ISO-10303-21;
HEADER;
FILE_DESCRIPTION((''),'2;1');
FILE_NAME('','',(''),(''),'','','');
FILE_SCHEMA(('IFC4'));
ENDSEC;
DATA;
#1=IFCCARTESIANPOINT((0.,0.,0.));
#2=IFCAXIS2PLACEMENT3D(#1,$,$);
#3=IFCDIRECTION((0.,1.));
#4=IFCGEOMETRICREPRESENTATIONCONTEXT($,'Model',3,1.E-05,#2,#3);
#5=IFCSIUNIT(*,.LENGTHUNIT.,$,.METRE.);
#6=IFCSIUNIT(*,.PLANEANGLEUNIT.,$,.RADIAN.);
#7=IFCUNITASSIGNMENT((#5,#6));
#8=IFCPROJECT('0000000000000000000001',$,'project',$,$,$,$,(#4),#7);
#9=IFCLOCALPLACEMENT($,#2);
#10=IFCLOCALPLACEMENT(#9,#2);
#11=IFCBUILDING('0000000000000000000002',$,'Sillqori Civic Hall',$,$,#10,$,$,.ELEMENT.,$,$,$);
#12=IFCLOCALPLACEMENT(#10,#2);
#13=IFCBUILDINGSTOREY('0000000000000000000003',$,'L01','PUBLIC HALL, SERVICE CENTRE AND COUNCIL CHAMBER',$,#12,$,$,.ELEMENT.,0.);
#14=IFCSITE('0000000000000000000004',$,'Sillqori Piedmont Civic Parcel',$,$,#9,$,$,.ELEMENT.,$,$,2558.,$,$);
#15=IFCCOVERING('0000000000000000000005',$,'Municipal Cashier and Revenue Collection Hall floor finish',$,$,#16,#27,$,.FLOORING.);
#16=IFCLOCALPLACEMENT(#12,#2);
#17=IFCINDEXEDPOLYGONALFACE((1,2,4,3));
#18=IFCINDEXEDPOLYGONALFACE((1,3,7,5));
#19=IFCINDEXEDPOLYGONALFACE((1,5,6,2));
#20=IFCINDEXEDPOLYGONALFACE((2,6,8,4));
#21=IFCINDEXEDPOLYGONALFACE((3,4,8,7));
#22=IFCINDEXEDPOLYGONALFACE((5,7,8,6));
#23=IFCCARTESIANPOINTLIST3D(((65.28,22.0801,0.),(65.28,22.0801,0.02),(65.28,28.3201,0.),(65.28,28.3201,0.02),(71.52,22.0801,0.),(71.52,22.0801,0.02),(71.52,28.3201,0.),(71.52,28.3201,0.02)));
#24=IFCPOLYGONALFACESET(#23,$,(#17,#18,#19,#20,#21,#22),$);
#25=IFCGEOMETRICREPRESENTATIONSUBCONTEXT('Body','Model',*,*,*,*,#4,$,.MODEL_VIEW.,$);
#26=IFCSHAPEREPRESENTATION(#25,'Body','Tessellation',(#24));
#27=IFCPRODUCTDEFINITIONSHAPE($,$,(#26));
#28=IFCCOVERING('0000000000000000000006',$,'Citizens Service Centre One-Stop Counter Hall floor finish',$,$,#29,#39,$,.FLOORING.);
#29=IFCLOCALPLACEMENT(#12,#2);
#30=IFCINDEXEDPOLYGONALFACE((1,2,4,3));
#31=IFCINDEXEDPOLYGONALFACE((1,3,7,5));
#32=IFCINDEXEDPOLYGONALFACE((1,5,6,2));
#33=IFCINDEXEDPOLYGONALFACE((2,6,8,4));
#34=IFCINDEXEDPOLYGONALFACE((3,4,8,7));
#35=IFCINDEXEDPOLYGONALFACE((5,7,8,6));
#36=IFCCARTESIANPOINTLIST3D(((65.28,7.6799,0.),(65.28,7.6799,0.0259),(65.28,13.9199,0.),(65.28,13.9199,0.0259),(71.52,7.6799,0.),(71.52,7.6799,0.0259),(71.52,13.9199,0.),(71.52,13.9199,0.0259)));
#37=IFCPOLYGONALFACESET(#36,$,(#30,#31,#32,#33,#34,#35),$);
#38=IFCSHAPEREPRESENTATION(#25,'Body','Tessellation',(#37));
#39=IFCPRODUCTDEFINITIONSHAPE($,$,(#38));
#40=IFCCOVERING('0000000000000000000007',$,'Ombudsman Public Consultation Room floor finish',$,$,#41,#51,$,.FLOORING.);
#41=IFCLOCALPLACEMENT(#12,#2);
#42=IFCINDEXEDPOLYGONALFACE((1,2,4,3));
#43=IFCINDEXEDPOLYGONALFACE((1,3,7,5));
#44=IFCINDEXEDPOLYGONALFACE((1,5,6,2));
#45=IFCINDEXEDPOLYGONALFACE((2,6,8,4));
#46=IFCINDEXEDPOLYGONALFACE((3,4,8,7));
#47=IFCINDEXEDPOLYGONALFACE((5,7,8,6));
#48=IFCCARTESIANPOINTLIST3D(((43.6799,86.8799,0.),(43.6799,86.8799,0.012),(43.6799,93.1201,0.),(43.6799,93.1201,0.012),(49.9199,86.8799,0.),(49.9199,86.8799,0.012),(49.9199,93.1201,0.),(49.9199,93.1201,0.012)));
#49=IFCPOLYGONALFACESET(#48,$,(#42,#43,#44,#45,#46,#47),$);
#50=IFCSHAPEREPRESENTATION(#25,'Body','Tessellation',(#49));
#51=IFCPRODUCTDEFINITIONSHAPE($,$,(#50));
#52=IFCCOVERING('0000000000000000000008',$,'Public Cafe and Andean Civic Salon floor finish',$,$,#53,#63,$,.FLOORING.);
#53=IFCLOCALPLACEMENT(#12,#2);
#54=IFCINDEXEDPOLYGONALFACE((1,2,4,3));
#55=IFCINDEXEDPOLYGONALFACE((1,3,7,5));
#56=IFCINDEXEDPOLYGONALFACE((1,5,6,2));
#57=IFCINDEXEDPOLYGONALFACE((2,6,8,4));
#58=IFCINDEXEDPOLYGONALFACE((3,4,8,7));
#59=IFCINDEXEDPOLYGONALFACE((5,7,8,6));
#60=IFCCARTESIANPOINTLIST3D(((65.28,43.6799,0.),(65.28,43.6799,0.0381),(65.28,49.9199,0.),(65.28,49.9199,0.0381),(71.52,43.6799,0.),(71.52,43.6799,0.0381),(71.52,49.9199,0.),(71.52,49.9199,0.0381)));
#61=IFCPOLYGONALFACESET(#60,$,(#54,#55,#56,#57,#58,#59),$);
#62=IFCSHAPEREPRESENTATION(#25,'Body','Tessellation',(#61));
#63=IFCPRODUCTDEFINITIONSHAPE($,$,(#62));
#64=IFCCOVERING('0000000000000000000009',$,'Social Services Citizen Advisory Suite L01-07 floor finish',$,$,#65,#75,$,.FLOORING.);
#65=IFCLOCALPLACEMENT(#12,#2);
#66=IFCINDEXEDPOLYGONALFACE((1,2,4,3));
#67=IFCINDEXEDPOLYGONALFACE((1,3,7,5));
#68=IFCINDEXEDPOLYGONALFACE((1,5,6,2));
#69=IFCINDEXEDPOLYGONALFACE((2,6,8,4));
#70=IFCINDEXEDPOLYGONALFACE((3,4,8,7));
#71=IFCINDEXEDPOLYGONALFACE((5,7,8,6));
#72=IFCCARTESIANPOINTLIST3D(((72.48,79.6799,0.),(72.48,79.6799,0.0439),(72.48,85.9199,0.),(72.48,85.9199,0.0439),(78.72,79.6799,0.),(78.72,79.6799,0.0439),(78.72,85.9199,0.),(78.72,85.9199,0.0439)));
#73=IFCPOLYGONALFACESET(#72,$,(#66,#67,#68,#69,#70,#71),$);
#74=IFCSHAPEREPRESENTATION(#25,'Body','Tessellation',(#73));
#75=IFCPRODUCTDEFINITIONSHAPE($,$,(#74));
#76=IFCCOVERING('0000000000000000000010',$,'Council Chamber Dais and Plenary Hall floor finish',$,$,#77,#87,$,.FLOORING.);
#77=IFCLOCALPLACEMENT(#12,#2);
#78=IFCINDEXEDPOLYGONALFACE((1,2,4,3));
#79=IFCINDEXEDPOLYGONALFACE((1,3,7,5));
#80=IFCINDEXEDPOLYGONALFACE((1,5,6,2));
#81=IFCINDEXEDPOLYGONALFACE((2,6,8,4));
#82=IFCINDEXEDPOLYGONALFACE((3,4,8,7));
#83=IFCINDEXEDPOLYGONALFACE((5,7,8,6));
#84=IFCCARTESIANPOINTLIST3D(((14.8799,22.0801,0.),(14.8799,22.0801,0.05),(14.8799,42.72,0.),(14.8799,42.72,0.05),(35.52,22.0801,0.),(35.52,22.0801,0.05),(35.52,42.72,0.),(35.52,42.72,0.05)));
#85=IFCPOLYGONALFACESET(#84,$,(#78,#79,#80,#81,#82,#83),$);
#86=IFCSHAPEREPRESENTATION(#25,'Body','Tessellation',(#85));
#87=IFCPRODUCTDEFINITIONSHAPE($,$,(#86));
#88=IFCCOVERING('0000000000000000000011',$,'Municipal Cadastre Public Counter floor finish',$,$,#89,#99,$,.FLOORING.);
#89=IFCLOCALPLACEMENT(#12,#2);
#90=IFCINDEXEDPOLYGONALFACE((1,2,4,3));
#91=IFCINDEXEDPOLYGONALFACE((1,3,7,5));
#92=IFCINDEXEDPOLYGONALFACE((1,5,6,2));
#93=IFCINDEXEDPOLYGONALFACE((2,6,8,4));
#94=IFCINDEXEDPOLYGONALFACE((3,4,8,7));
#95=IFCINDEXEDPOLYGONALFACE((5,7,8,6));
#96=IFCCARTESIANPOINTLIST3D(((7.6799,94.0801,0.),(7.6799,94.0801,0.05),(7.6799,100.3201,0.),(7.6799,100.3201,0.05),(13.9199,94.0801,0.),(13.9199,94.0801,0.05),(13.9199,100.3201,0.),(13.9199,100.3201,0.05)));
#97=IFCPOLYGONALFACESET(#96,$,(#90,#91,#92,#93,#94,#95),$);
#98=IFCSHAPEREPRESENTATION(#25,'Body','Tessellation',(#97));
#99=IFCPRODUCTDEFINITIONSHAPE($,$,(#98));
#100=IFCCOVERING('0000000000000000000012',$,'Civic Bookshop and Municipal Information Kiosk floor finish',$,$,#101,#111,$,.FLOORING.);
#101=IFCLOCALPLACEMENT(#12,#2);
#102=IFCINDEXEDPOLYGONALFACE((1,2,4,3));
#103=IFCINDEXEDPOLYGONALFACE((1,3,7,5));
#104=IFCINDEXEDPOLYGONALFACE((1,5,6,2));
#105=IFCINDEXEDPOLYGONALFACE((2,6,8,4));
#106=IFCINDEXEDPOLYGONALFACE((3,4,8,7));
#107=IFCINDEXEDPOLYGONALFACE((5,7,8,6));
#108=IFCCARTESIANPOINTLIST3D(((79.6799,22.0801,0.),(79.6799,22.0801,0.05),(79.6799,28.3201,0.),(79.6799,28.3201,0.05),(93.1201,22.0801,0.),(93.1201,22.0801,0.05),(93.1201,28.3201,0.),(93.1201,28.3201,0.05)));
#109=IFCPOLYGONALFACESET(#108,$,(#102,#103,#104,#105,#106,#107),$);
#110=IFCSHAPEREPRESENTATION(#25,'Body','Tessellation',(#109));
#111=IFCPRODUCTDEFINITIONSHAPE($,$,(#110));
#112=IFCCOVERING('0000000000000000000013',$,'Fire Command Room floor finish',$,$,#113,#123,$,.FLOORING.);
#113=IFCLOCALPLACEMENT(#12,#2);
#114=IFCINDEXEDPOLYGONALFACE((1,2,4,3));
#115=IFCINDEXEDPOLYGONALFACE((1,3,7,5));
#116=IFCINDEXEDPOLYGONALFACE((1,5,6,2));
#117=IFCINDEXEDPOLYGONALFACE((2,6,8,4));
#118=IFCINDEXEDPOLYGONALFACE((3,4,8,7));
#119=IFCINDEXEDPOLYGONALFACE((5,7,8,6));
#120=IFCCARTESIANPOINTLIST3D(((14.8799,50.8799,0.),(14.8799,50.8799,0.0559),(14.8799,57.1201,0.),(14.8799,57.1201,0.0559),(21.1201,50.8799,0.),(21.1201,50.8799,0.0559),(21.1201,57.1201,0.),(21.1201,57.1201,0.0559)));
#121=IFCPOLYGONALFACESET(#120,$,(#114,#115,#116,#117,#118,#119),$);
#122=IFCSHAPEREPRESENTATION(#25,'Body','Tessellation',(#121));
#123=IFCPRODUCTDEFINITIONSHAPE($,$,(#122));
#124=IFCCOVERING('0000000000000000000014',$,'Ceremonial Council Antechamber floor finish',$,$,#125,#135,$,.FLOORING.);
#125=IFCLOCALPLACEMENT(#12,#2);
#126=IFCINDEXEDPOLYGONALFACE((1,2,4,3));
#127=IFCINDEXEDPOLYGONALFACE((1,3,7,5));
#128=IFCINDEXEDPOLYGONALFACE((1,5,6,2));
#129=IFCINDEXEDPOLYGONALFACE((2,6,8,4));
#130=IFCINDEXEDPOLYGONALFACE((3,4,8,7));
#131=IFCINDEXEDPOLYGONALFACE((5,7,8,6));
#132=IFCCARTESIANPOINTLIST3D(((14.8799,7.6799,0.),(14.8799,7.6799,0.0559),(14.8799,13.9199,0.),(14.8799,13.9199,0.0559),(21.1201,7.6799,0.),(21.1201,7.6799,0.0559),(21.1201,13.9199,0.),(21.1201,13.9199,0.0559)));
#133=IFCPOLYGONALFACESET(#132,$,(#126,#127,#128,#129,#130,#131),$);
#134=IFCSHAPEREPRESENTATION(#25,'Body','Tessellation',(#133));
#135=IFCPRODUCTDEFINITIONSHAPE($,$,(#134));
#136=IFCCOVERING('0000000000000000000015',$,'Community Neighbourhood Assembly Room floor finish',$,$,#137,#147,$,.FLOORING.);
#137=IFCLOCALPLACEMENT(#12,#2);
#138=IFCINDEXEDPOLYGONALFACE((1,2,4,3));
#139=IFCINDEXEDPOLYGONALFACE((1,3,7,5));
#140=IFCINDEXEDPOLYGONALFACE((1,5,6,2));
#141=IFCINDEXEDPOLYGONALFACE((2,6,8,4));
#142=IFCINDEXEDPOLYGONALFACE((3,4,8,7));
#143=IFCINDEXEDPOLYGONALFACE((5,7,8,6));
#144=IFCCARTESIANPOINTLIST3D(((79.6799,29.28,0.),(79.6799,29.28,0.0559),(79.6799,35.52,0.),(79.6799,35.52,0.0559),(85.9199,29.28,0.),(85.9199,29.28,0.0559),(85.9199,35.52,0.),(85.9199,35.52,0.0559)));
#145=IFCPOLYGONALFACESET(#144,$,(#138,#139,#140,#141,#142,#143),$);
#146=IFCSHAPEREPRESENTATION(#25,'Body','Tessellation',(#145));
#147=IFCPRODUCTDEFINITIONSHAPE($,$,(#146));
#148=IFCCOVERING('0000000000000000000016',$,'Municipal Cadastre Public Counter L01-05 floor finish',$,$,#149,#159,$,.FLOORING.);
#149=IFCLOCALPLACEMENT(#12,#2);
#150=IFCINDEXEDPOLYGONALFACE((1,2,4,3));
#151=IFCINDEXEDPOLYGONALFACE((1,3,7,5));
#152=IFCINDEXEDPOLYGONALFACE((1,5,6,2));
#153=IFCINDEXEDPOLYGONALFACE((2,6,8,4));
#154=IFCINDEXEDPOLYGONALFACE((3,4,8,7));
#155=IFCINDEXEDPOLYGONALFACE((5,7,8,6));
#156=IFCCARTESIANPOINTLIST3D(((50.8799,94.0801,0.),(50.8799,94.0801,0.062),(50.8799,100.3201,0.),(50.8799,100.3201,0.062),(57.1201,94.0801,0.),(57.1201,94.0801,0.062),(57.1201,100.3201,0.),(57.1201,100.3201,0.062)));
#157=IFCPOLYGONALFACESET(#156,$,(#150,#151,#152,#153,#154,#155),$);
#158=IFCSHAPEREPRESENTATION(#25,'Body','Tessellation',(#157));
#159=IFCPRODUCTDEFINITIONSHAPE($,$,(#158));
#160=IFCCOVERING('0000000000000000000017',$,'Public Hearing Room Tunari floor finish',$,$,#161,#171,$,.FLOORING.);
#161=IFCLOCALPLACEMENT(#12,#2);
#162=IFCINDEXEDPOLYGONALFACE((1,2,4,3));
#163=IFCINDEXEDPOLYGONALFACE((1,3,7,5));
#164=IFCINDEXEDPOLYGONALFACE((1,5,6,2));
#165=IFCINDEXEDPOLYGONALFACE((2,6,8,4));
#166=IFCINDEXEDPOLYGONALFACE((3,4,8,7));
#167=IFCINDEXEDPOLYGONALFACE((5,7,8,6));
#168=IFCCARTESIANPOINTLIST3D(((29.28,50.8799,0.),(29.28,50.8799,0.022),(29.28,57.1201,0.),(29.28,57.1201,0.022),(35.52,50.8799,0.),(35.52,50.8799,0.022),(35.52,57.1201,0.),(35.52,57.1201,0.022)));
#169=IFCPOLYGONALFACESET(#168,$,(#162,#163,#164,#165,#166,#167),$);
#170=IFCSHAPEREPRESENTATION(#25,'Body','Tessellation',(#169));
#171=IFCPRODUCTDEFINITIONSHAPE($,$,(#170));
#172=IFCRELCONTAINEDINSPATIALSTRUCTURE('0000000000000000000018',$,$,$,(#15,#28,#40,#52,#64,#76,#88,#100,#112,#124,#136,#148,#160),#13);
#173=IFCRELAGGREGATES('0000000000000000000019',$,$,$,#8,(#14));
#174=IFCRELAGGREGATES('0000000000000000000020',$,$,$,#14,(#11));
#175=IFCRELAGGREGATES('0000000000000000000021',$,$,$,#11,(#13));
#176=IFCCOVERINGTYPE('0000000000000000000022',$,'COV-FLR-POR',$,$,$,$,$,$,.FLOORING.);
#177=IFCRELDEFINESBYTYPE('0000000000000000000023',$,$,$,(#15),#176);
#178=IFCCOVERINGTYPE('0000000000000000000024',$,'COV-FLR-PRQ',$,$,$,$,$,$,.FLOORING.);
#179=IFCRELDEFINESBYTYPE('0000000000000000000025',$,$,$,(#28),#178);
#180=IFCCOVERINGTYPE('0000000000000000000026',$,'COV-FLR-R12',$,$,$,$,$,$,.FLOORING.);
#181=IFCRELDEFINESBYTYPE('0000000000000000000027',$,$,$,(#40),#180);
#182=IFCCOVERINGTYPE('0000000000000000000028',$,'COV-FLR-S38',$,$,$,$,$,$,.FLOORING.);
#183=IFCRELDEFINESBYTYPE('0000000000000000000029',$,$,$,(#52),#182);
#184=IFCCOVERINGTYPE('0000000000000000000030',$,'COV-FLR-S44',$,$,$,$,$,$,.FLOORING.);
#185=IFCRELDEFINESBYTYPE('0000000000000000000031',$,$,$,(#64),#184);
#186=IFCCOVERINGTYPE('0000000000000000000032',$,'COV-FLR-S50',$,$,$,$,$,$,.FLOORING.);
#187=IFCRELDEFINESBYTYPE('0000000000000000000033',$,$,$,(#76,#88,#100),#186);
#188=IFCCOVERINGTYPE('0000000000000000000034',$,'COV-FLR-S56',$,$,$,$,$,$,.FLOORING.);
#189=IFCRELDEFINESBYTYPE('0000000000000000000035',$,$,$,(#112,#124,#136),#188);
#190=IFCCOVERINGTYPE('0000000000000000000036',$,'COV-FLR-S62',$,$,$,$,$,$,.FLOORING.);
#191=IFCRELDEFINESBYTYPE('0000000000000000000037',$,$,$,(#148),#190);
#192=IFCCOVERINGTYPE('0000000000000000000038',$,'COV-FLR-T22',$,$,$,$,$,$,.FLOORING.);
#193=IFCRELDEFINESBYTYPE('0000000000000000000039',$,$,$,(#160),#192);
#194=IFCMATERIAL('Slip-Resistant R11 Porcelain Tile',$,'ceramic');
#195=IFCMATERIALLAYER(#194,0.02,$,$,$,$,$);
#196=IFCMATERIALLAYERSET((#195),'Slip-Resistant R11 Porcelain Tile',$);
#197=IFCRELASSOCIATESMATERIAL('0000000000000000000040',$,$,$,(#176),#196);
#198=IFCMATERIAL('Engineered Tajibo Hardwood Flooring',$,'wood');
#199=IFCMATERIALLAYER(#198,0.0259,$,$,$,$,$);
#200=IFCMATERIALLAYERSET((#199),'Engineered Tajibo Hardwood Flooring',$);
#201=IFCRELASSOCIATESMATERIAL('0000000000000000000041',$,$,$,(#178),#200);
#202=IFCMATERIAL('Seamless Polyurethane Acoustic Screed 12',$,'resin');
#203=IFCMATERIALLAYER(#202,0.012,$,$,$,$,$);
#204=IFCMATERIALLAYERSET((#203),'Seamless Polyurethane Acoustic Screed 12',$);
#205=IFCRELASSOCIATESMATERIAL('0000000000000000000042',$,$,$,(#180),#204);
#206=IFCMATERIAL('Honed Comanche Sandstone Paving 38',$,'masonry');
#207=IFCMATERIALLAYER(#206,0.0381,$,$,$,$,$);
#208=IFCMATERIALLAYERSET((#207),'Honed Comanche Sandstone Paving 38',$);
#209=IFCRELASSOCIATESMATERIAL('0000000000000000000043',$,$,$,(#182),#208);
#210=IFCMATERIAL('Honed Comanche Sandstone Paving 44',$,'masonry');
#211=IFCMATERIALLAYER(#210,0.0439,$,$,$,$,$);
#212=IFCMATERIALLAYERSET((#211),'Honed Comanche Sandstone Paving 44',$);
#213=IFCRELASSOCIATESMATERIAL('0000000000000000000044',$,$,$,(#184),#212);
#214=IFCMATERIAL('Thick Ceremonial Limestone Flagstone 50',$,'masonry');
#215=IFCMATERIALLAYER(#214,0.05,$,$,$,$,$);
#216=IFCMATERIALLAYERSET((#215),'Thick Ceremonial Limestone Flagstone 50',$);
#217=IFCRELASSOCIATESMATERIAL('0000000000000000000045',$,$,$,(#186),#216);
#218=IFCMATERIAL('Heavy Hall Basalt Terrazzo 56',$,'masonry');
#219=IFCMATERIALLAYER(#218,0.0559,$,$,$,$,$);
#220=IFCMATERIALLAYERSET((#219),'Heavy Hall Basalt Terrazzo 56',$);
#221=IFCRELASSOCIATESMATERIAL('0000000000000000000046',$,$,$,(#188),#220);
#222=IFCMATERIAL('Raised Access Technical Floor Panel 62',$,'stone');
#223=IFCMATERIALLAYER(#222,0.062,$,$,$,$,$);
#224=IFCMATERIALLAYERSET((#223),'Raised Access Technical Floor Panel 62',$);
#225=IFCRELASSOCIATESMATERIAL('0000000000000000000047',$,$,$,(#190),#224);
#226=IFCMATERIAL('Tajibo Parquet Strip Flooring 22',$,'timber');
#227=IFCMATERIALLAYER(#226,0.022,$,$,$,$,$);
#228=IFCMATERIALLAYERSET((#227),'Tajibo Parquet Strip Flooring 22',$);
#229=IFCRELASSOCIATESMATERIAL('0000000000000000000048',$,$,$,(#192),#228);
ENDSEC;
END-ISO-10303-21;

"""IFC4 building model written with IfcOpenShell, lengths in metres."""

from ifc_helpers import new_model, si_unit, direction, origin, place, context, subcontext, project, spatial, polyline, outline, extrude, material, layer, layer_set, type_object, element, save


model = new_model("IFC4")

# Units and contexts
model_context = context("Model", 3, precision=1e-05, world=origin(), true_north=direction((0.0, 1.0)))
body_context = subcontext(model_context, "Body", "Model", "MODEL_VIEW")
ifc_project = project(units=[si_unit("LENGTHUNIT", "METRE"), si_unit("PLANEANGLEUNIT", "RADIAN")], contexts=[model_context])

# Site, building, storey
site_placement = place(None, origin())
site = spatial("IfcSite", under=ifc_project, at=site_placement, Name="Sillqori Piedmont Civic Parcel", CompositionType="ELEMENT", RefElevation=2558.0)
building_placement = place(site_placement, origin())
building = spatial("IfcBuilding", under=site, at=building_placement, Name="Sillqori Civic Hall", CompositionType="ELEMENT")
storey_placement = place(building_placement, origin())
storey = spatial("IfcBuildingStorey", under=building, at=storey_placement, Name="L01", Description="PUBLIC HALL, SERVICE CENTRE AND COUNCIL CHAMBER", CompositionType="ELEMENT", Elevation=0.0)

# Coverings
ifc_material_1 = material(Name="Slip-Resistant R11 Porcelain Tile", Category="ceramic")
ifc_layer_1 = layer(ifc_material_1, 0.02)
ifc_layer_set_1 = layer_set([ifc_layer_1], Name="Slip-Resistant R11 Porcelain Tile")
covering_type_1 = type_object("IfcCoveringType", Name="COV-FLR-POR", PredefinedType="FLOORING", material=ifc_layer_set_1)
covering_1_placement = place(storey_placement, origin())
element("IfcCovering", 1, at=covering_1_placement, inside=storey, type_object=covering_type_1, Name="Municipal Cashier and Revenue Collection Hall floor finish", PredefinedType="FLOORING", context=body_context, shape_type="SweptSolid", body=[
    extrude(outline(polyline([(65.28, 22.0801), (71.52, 22.0801), (71.52, 28.3201), (65.28, 28.3201), (65.28, 22.0801)])), origin(), (0.0, 0.0, 1.0), 0.02),
])
ifc_material_2 = material(Name="Engineered Tajibo Hardwood Flooring", Category="wood")
ifc_layer_2 = layer(ifc_material_2, 0.0259)
ifc_layer_set_2 = layer_set([ifc_layer_2], Name="Engineered Tajibo Hardwood Flooring")
covering_type_2 = type_object("IfcCoveringType", Name="COV-FLR-PRQ", PredefinedType="FLOORING", material=ifc_layer_set_2)
covering_2_placement = place(storey_placement, origin())
element("IfcCovering", 2, at=covering_2_placement, inside=storey, type_object=covering_type_2, Name="Citizens Service Centre One-Stop Counter Hall floor finish", PredefinedType="FLOORING", context=body_context, shape_type="SweptSolid", body=[
    extrude(outline(polyline([(65.28, 7.6799), (71.52, 7.6799), (71.52, 13.9199), (65.28, 13.9199), (65.28, 7.6799)])), origin(), (0.0, 0.0, 1.0), 0.0259),
])
ifc_material_3 = material(Name="Seamless Polyurethane Acoustic Screed 12", Category="resin")
ifc_layer_3 = layer(ifc_material_3, 0.012)
ifc_layer_set_3 = layer_set([ifc_layer_3], Name="Seamless Polyurethane Acoustic Screed 12")
covering_type_3 = type_object("IfcCoveringType", Name="COV-FLR-R12", PredefinedType="FLOORING", material=ifc_layer_set_3)
covering_3_placement = place(storey_placement, origin())
element("IfcCovering", 3, at=covering_3_placement, inside=storey, type_object=covering_type_3, Name="Ombudsman Public Consultation Room floor finish", PredefinedType="FLOORING", context=body_context, shape_type="SweptSolid", body=[
    extrude(outline(polyline([(43.6799, 86.8799), (49.9199, 86.8799), (49.9199, 93.1201), (43.6799, 93.1201), (43.6799, 86.8799)])), origin(), (0.0, 0.0, 1.0), 0.012),
])
ifc_material_4 = material(Name="Honed Comanche Sandstone Paving 38", Category="masonry")
ifc_layer_4 = layer(ifc_material_4, 0.0381)
ifc_layer_set_4 = layer_set([ifc_layer_4], Name="Honed Comanche Sandstone Paving 38")
covering_type_4 = type_object("IfcCoveringType", Name="COV-FLR-S38", PredefinedType="FLOORING", material=ifc_layer_set_4)
covering_4_placement = place(storey_placement, origin())
element("IfcCovering", 4, at=covering_4_placement, inside=storey, type_object=covering_type_4, Name="Public Cafe and Andean Civic Salon floor finish", PredefinedType="FLOORING", context=body_context, shape_type="SweptSolid", body=[
    extrude(outline(polyline([(65.28, 43.6799), (71.52, 43.6799), (71.52, 49.9199), (65.28, 49.9199), (65.28, 43.6799)])), origin(), (0.0, 0.0, 1.0), 0.0381),
])
ifc_material_5 = material(Name="Honed Comanche Sandstone Paving 44", Category="masonry")
ifc_layer_5 = layer(ifc_material_5, 0.0439)
ifc_layer_set_5 = layer_set([ifc_layer_5], Name="Honed Comanche Sandstone Paving 44")
covering_type_5 = type_object("IfcCoveringType", Name="COV-FLR-S44", PredefinedType="FLOORING", material=ifc_layer_set_5)
covering_5_placement = place(storey_placement, origin())
element("IfcCovering", 5, at=covering_5_placement, inside=storey, type_object=covering_type_5, Name="Social Services Citizen Advisory Suite L01-07 floor finish", PredefinedType="FLOORING", context=body_context, shape_type="SweptSolid", body=[
    extrude(outline(polyline([(72.48, 79.6799), (78.72, 79.6799), (78.72, 85.9199), (72.48, 85.9199), (72.48, 79.6799)])), origin(), (0.0, 0.0, 1.0), 0.0439),
])
ifc_material_6 = material(Name="Thick Ceremonial Limestone Flagstone 50", Category="masonry")
ifc_layer_6 = layer(ifc_material_6, 0.05)
ifc_layer_set_6 = layer_set([ifc_layer_6], Name="Thick Ceremonial Limestone Flagstone 50")
covering_type_6 = type_object("IfcCoveringType", Name="COV-FLR-S50", PredefinedType="FLOORING", material=ifc_layer_set_6)
covering_6_placement = place(storey_placement, origin())
element("IfcCovering", 6, at=covering_6_placement, inside=storey, type_object=covering_type_6, Name="Council Chamber Dais and Plenary Hall floor finish", PredefinedType="FLOORING", context=body_context, shape_type="SweptSolid", body=[
    extrude(outline(polyline([(14.8799, 22.0801), (35.52, 22.0801), (35.52, 42.72), (14.8799, 42.72), (14.8799, 22.0801)])), origin(), (0.0, 0.0, 1.0), 0.05),
])
covering_7_placement = place(storey_placement, origin())
element("IfcCovering", 7, at=covering_7_placement, inside=storey, type_object=covering_type_6, Name="Municipal Cadastre Public Counter floor finish", PredefinedType="FLOORING", context=body_context, shape_type="SweptSolid", body=[
    extrude(outline(polyline([(7.6799, 94.0801), (13.9199, 94.0801), (13.9199, 100.3201), (7.6799, 100.3201), (7.6799, 94.0801)])), origin(), (0.0, 0.0, 1.0), 0.05),
])
covering_8_placement = place(storey_placement, origin())
element("IfcCovering", 8, at=covering_8_placement, inside=storey, type_object=covering_type_6, Name="Civic Bookshop and Municipal Information Kiosk floor finish", PredefinedType="FLOORING", context=body_context, shape_type="SweptSolid", body=[
    extrude(outline(polyline([(79.6799, 22.0801), (93.1201, 22.0801), (93.1201, 28.3201), (79.6799, 28.3201), (79.6799, 22.0801)])), origin(), (0.0, 0.0, 1.0), 0.05),
])
ifc_material_7 = material(Name="Heavy Hall Basalt Terrazzo 56", Category="masonry")
ifc_layer_7 = layer(ifc_material_7, 0.0559)
ifc_layer_set_7 = layer_set([ifc_layer_7], Name="Heavy Hall Basalt Terrazzo 56")
covering_type_7 = type_object("IfcCoveringType", Name="COV-FLR-S56", PredefinedType="FLOORING", material=ifc_layer_set_7)
covering_9_placement = place(storey_placement, origin())
element("IfcCovering", 9, at=covering_9_placement, inside=storey, type_object=covering_type_7, Name="Fire Command Room floor finish", PredefinedType="FLOORING", context=body_context, shape_type="SweptSolid", body=[
    extrude(outline(polyline([(14.8799, 50.8799), (21.1201, 50.8799), (21.1201, 57.1201), (14.8799, 57.1201), (14.8799, 50.8799)])), origin(), (0.0, 0.0, 1.0), 0.0559),
])
covering_10_placement = place(storey_placement, origin())
element("IfcCovering", 10, at=covering_10_placement, inside=storey, type_object=covering_type_7, Name="Ceremonial Council Antechamber floor finish", PredefinedType="FLOORING", context=body_context, shape_type="SweptSolid", body=[
    extrude(outline(polyline([(14.8799, 7.6799), (21.1201, 7.6799), (21.1201, 13.9199), (14.8799, 13.9199), (14.8799, 7.6799)])), origin(), (0.0, 0.0, 1.0), 0.0559),
])
covering_11_placement = place(storey_placement, origin())
element("IfcCovering", 11, at=covering_11_placement, inside=storey, type_object=covering_type_7, Name="Community Neighbourhood Assembly Room floor finish", PredefinedType="FLOORING", context=body_context, shape_type="SweptSolid", body=[
    extrude(outline(polyline([(79.6799, 29.28), (85.9199, 29.28), (85.9199, 35.52), (79.6799, 35.52), (79.6799, 29.28)])), origin(), (0.0, 0.0, 1.0), 0.0559),
])
ifc_material_8 = material(Name="Raised Access Technical Floor Panel 62", Category="stone")
ifc_layer_8 = layer(ifc_material_8, 0.062)
ifc_layer_set_8 = layer_set([ifc_layer_8], Name="Raised Access Technical Floor Panel 62")
covering_type_8 = type_object("IfcCoveringType", Name="COV-FLR-S62", PredefinedType="FLOORING", material=ifc_layer_set_8)
covering_12_placement = place(storey_placement, origin())
element("IfcCovering", 12, at=covering_12_placement, inside=storey, type_object=covering_type_8, Name="Municipal Cadastre Public Counter L01-05 floor finish", PredefinedType="FLOORING", context=body_context, shape_type="SweptSolid", body=[
    extrude(outline(polyline([(50.8799, 94.0801), (57.1201, 94.0801), (57.1201, 100.3201), (50.8799, 100.3201), (50.8799, 94.0801)])), origin(), (0.0, 0.0, 1.0), 0.062),
])
ifc_material_9 = material(Name="Tajibo Parquet Strip Flooring 22", Category="timber")
ifc_layer_9 = layer(ifc_material_9, 0.022)
ifc_layer_set_9 = layer_set([ifc_layer_9], Name="Tajibo Parquet Strip Flooring 22")
covering_type_9 = type_object("IfcCoveringType", Name="COV-FLR-T22", PredefinedType="FLOORING", material=ifc_layer_set_9)
covering_13_placement = place(storey_placement, origin())
element("IfcCovering", 13, at=covering_13_placement, inside=storey, type_object=covering_type_9, Name="Public Hearing Room Tunari floor finish", PredefinedType="FLOORING", context=body_context, shape_type="SweptSolid", body=[
    extrude(outline(polyline([(29.28, 50.8799), (35.52, 50.8799), (35.52, 57.1201), (29.28, 57.1201), (29.28, 50.8799)])), origin(), (0.0, 0.0, 1.0), 0.022),
])

save(model, "model.ifc")
